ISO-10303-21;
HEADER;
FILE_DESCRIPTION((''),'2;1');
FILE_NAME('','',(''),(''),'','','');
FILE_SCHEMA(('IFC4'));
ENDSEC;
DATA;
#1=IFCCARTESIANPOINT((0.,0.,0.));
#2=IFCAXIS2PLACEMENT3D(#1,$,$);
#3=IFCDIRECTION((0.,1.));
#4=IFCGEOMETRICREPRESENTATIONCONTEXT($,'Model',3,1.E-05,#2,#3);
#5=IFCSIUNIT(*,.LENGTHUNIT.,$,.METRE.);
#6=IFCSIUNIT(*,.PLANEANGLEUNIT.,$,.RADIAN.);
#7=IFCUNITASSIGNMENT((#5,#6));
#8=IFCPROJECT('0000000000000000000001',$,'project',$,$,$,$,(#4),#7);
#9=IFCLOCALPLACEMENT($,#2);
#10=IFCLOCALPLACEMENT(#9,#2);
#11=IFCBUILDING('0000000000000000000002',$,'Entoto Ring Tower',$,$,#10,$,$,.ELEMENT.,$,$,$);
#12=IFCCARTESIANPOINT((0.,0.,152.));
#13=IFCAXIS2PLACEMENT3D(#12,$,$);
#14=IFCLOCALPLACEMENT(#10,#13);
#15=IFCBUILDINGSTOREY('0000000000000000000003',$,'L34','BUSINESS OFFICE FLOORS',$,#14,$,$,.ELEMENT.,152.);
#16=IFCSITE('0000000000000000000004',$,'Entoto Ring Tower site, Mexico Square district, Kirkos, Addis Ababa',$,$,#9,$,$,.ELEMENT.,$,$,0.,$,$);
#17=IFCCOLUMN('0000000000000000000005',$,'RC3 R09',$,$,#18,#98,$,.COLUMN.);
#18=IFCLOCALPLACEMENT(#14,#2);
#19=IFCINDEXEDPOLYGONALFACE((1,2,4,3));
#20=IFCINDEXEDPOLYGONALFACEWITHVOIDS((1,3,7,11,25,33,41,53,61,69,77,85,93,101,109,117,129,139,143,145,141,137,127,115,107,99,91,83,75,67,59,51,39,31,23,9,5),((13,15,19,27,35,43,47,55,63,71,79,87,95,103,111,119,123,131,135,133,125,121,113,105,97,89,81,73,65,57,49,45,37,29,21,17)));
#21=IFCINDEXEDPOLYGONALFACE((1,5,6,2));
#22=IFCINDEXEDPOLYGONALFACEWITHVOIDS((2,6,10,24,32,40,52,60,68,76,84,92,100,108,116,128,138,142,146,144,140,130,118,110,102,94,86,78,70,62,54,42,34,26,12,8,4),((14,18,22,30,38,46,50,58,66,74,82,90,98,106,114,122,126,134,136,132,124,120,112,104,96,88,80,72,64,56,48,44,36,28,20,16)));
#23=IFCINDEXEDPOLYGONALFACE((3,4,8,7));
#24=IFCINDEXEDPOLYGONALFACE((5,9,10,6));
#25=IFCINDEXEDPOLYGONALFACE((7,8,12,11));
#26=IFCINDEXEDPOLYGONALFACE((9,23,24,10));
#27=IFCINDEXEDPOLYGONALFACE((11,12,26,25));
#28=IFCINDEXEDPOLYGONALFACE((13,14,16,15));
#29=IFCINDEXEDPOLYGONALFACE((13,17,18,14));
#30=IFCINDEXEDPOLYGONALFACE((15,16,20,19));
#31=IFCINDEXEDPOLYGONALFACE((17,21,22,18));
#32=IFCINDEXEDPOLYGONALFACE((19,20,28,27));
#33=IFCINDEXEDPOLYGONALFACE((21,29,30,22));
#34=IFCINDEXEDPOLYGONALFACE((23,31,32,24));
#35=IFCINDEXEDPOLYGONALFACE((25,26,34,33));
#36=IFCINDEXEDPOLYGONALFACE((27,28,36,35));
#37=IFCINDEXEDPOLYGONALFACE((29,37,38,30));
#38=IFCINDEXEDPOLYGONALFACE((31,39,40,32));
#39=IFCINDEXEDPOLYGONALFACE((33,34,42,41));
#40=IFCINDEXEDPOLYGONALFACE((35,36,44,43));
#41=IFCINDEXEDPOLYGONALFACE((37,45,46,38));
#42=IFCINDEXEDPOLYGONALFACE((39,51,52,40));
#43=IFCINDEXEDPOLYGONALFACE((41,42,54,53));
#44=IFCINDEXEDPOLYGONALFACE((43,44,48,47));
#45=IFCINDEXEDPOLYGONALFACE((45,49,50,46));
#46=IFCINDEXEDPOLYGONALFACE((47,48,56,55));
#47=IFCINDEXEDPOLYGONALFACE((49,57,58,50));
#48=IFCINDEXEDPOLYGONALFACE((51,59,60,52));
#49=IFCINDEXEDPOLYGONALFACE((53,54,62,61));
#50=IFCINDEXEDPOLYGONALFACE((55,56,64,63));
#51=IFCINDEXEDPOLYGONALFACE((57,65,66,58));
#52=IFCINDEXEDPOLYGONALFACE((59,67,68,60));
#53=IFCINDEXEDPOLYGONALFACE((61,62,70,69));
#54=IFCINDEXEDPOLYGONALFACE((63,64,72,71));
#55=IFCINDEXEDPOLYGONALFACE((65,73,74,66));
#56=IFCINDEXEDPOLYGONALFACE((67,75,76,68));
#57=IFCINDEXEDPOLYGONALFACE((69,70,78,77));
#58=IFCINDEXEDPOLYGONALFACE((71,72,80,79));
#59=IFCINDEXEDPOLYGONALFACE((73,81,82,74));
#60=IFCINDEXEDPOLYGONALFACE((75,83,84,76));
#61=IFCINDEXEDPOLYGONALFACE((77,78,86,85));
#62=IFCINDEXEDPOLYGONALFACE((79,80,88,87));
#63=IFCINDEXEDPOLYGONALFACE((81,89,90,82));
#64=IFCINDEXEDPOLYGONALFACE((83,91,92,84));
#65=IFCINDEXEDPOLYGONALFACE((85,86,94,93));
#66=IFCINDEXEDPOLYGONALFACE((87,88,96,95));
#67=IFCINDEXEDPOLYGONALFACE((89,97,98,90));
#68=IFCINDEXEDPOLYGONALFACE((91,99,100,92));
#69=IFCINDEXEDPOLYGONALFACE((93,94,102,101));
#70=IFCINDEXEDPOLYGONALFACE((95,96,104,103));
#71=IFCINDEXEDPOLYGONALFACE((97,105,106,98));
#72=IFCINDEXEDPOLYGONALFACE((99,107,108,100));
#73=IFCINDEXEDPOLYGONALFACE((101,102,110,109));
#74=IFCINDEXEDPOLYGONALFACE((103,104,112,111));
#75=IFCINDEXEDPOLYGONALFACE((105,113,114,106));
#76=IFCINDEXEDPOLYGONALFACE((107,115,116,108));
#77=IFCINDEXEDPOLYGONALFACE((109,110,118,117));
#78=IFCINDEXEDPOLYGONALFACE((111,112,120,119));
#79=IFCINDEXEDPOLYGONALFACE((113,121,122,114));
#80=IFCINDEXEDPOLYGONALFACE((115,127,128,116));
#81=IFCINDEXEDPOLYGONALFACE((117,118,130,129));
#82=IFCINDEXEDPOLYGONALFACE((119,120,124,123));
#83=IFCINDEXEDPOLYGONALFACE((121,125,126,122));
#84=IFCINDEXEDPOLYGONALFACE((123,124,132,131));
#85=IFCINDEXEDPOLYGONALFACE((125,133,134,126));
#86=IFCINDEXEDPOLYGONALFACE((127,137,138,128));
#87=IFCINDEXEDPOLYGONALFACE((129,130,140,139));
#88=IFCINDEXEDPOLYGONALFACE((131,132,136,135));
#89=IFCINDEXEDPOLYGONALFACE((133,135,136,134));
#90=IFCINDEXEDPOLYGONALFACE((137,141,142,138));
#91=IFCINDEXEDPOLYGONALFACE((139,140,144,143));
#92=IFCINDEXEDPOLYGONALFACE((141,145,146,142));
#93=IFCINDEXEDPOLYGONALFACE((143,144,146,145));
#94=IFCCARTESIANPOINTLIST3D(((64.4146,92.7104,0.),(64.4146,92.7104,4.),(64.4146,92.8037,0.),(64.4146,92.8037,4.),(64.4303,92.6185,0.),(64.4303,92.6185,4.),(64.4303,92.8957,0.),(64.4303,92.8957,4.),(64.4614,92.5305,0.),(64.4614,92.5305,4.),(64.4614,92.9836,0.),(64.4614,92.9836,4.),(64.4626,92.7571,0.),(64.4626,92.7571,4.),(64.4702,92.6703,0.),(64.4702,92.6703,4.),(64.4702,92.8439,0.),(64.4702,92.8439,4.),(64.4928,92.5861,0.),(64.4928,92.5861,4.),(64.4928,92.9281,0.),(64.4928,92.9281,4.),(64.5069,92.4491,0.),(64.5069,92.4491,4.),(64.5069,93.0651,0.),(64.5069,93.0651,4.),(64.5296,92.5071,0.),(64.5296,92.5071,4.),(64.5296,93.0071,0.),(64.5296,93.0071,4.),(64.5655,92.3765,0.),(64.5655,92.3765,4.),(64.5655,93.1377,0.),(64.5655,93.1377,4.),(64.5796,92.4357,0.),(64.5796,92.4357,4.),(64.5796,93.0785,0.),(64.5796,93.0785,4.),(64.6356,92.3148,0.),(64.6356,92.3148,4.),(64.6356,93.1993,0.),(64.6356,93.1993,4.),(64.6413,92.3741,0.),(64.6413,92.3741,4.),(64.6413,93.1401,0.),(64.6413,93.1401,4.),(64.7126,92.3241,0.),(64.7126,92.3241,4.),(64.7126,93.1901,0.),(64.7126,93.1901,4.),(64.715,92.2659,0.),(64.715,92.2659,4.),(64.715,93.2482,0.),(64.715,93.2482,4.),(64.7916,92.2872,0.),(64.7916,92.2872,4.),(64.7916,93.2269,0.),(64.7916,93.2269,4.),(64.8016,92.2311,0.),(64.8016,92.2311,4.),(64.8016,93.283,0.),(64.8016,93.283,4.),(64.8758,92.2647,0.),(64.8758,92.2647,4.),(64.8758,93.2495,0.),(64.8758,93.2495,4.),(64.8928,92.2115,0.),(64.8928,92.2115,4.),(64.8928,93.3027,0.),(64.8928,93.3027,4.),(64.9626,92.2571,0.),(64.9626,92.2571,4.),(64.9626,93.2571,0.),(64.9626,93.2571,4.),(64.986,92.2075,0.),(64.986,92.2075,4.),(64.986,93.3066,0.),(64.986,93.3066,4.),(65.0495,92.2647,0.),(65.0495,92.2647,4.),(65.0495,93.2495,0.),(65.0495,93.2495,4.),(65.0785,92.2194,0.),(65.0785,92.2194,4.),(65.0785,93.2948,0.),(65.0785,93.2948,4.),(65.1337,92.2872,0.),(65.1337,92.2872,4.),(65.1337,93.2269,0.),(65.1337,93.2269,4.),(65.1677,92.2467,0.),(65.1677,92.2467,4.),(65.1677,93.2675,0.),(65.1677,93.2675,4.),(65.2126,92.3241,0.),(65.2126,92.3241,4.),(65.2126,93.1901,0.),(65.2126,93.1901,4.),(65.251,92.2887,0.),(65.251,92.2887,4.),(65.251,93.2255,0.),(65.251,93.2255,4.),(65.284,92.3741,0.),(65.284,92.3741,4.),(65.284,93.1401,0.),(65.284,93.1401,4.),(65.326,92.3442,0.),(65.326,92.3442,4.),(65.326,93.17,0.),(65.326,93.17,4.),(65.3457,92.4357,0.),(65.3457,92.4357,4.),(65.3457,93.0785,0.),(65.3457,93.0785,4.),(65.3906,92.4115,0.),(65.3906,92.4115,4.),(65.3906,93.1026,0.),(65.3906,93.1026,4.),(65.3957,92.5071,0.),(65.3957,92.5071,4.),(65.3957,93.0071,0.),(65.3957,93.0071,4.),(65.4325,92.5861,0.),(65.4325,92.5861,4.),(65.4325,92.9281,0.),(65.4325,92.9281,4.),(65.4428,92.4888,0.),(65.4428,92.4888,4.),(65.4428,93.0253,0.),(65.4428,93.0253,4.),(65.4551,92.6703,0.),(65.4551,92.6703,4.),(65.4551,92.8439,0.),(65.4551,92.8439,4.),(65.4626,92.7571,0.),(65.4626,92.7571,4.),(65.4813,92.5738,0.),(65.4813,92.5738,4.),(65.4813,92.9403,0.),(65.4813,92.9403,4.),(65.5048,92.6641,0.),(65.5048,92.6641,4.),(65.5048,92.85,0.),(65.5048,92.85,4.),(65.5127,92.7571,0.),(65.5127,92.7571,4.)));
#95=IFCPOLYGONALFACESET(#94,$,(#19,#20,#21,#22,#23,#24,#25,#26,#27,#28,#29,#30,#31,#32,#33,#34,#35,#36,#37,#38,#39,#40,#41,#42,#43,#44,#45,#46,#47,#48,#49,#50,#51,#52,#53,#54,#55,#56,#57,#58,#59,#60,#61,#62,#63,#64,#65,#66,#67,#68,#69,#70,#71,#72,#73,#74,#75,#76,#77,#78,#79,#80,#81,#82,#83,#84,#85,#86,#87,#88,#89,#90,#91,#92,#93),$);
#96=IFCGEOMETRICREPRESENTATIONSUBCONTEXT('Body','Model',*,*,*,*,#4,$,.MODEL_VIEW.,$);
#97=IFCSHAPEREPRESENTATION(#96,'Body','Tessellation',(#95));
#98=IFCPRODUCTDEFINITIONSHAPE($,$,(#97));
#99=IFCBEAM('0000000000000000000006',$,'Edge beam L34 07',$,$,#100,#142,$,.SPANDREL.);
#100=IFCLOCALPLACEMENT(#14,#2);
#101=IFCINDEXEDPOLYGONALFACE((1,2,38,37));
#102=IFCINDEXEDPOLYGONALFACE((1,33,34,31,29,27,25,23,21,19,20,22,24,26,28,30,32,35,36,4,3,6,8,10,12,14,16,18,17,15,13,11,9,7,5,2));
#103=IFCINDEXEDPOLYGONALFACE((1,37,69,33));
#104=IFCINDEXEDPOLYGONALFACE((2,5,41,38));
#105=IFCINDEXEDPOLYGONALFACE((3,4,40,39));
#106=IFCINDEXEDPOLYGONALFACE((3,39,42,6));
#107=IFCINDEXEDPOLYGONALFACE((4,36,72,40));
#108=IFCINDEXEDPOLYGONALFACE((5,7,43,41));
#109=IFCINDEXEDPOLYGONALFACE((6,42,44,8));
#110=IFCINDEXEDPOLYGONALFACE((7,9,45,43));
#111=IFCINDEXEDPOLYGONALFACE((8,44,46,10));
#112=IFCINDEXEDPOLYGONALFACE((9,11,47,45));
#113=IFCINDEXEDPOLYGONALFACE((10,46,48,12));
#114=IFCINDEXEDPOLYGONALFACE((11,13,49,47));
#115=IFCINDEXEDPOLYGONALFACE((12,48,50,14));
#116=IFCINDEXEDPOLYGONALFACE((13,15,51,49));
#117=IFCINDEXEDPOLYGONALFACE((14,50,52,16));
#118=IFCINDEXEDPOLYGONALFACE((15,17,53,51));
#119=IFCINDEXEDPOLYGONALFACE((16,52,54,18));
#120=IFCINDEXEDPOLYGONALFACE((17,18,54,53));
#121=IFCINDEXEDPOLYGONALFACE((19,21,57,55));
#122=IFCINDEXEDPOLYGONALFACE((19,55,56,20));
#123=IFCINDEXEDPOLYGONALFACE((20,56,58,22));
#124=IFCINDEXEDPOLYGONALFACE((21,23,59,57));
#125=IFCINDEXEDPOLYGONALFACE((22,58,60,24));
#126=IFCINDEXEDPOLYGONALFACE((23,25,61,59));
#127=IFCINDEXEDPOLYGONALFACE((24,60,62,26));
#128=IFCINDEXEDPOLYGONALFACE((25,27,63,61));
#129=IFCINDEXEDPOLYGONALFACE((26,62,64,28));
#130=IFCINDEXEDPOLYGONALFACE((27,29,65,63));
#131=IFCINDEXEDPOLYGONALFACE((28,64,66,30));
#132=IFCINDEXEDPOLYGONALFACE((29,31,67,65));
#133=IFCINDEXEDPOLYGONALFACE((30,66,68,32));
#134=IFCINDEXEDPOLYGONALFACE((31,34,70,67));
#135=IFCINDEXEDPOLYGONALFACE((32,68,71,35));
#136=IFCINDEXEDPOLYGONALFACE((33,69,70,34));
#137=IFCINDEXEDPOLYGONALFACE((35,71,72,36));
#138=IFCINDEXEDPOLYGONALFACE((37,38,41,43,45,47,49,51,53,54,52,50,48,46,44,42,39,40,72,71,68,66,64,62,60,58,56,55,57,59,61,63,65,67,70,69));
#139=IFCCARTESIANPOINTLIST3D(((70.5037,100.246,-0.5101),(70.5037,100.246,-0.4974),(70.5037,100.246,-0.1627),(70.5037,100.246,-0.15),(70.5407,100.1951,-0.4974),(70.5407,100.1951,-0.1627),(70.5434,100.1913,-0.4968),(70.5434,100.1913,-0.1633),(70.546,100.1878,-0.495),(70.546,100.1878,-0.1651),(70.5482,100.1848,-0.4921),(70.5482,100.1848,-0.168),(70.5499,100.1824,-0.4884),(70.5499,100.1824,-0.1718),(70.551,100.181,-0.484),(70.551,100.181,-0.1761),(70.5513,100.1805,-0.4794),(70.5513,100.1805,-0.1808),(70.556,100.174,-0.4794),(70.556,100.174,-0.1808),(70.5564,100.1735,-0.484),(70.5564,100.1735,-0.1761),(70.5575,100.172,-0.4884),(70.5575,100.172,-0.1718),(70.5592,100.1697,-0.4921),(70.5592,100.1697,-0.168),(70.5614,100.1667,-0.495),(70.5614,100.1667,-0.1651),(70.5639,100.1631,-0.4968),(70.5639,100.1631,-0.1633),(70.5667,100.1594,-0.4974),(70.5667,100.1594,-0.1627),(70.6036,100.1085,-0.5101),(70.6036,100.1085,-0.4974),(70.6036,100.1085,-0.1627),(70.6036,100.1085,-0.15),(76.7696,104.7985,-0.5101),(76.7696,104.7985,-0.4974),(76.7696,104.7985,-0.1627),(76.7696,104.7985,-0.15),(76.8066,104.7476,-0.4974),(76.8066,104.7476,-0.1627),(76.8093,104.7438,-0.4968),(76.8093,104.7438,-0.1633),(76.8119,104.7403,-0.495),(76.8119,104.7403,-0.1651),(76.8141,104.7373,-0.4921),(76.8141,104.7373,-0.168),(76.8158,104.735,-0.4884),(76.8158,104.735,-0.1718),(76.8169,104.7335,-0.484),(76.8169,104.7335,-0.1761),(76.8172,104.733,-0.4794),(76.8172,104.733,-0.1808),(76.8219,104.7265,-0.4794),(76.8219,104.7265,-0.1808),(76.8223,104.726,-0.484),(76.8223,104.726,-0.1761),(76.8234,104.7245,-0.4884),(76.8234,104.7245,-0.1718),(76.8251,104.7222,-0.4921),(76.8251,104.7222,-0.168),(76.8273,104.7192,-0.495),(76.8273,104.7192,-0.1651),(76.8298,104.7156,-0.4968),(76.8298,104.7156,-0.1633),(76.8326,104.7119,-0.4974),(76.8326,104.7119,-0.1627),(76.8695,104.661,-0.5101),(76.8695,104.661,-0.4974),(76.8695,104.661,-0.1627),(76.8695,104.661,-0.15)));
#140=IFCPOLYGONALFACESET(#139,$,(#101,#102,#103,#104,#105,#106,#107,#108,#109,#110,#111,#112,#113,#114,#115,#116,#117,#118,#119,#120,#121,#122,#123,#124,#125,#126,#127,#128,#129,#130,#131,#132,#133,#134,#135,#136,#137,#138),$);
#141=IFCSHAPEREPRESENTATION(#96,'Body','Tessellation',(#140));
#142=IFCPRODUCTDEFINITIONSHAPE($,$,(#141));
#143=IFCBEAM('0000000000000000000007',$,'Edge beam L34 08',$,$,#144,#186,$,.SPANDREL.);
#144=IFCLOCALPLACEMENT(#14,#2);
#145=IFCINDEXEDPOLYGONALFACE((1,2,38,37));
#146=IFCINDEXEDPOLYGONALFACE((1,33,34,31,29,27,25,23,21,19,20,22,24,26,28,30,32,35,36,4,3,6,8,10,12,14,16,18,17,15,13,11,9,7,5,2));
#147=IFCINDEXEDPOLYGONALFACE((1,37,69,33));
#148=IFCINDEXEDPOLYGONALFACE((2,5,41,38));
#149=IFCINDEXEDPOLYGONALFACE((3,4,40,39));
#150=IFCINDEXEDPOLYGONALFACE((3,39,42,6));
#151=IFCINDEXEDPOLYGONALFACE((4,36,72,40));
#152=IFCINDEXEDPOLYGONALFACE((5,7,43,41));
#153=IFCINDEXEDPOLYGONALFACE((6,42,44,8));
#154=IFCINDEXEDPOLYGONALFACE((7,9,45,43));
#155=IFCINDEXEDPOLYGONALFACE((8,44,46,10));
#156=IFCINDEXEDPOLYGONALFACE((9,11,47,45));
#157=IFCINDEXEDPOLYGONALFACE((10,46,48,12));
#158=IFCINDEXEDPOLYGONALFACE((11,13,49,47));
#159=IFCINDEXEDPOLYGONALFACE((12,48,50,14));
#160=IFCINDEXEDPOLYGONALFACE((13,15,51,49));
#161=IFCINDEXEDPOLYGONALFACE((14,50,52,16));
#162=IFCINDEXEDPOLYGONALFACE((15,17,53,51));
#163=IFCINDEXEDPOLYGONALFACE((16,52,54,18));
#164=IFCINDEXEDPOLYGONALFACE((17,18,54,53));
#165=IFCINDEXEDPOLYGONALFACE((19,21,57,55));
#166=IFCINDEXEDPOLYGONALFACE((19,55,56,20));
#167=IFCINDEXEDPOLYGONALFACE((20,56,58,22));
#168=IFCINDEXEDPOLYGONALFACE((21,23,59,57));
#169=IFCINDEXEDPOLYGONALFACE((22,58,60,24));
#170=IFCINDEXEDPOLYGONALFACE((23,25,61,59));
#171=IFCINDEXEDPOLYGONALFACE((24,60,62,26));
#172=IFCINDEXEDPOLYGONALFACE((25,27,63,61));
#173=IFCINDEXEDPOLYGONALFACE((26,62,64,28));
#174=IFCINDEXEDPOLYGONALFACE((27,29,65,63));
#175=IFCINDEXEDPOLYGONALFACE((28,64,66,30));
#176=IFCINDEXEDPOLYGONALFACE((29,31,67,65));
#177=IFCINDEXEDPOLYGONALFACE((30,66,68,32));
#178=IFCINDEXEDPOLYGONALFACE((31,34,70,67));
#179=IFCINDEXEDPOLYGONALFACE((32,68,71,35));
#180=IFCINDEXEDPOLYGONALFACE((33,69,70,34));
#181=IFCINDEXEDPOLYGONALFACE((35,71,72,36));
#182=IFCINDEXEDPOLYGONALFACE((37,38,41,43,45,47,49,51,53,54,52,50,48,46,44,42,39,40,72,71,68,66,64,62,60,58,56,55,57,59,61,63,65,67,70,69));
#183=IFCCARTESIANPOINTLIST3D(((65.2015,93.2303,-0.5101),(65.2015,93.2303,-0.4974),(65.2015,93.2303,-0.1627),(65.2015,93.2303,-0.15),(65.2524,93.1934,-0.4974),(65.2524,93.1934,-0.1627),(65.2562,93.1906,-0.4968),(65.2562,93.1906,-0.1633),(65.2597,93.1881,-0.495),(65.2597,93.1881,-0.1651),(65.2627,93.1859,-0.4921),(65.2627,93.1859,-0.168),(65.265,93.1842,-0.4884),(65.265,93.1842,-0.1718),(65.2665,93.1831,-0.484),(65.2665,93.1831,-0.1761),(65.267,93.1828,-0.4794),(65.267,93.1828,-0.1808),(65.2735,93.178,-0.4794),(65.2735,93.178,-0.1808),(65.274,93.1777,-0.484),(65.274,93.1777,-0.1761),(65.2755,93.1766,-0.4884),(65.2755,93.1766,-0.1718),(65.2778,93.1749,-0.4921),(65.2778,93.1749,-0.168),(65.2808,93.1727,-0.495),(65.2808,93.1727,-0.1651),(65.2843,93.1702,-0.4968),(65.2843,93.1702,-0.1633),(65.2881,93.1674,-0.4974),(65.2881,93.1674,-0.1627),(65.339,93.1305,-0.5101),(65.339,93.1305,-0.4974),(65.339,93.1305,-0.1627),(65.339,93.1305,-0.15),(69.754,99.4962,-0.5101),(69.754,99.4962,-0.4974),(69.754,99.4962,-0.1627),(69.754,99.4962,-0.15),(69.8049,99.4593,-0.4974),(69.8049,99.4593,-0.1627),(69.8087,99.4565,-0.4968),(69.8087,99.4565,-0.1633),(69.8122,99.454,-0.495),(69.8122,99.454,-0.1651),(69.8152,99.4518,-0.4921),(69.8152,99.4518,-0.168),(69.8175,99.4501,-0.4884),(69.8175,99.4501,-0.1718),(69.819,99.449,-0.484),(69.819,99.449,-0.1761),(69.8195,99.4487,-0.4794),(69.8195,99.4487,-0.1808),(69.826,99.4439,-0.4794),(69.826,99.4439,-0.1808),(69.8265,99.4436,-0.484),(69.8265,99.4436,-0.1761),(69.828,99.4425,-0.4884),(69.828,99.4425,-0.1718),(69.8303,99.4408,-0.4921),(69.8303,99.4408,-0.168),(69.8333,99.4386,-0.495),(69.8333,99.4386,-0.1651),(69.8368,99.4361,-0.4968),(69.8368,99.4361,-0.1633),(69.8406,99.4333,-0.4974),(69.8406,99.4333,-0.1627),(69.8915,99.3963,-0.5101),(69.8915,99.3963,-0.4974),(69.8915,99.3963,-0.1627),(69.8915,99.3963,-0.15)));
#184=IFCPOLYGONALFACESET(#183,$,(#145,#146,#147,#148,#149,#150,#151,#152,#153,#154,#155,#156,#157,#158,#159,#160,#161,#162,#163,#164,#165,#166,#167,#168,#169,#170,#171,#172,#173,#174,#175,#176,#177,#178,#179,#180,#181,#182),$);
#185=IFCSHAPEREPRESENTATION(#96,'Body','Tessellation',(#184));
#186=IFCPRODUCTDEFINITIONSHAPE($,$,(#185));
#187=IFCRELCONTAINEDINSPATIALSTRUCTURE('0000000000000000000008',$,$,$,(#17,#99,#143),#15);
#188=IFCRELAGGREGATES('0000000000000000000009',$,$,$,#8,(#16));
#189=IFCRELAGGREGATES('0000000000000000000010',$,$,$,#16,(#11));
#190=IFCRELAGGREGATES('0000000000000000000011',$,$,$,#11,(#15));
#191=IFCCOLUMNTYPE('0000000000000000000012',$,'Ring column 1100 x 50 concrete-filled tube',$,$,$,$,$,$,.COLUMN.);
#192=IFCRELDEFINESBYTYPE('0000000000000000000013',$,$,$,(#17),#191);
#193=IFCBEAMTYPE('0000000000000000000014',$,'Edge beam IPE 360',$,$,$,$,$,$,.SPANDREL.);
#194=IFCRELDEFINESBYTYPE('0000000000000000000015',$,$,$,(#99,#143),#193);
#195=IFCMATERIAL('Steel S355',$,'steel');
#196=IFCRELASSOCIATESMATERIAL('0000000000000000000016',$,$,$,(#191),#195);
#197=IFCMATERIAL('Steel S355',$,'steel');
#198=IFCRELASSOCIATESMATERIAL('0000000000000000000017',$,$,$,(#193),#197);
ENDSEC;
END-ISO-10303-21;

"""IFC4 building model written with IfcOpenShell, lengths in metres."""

from ifc_helpers import new_model, si_unit, direction, frame, origin, origin_2d, place, context, subcontext, project, spatial, circle, hollow_circle, i_section, extrude, material, material_profile, profile_set, type_object, element, save


model = new_model("IFC4")

# Units and contexts
model_context = context("Model", 3, precision=1e-05, world=origin(), true_north=direction((0.0, 1.0)))
body_context = subcontext(model_context, "Body", "Model", "MODEL_VIEW")
ifc_project = project(units=[si_unit("LENGTHUNIT", "METRE"), si_unit("PLANEANGLEUNIT", "RADIAN")], contexts=[model_context])

# Site, building, storey
site_placement = place(None, origin())
site = spatial("IfcSite", under=ifc_project, at=site_placement, Name="Entoto Ring Tower site, Mexico Square district, Kirkos, Addis Ababa", CompositionType="ELEMENT", RefElevation=0.0)
building_placement = place(site_placement, origin())
building = spatial("IfcBuilding", under=site, at=building_placement, Name="Entoto Ring Tower", CompositionType="ELEMENT")
storey_placement = place(building_placement, frame((0.0, 0.0, 152.0)))
storey = spatial("IfcBuildingStorey", under=building, at=storey_placement, Name="L34", Description="BUSINESS OFFICE FLOORS", CompositionType="ELEMENT", Elevation=152.0)

# Column
ifc_material_1 = material(Name="Steel S355", Category="steel")
ifc_material_profile_1 = material_profile(ifc_material_1, hollow_circle(Radius=0.55, WallThickness=0.05, at=origin_2d()), Name="CHS 1100 x 50")
ifc_material_2 = material(Name="Concrete C60/75", Category="concrete")
ifc_material_profile_2 = material_profile(ifc_material_2, circle(Radius=0.5, at=origin_2d()), Name="Concrete C60/75 infill")
ifc_profile_set_1 = profile_set([ifc_material_profile_1, ifc_material_profile_2], Name="Steel S355")
column_type = type_object("IfcColumnType", Name="Ring column 1100 x 50 concrete-filled tube", PredefinedType="COLUMN", material=ifc_profile_set_1)
for number, where, z_axis, x_axis, name in (
    (1, (64.9626, 92.7571, 0.0), (0.0, 0.0, 1.0), (1.0, 0.0, 0.0), "RC3 R09"),
):
    element("IfcColumn", number, at=place(storey_placement, frame(where, z_axis=z_axis, x_axis=x_axis)), inside=storey, type_object=column_type, Name=name, PredefinedType="COLUMN", context=body_context, shape_type="SweptSolid", body=[
        extrude(hollow_circle(Radius=0.55, WallThickness=0.05, at=origin_2d()), origin(), (0.0, 0.0, 1.0), 4.0),
    ])

# Beams
ifc_material_3 = material(Name="Steel S355", Category="steel")
ifc_material_profile_3 = material_profile(ifc_material_3, i_section(OverallWidth=0.1699, OverallDepth=0.3601, WebThickness=0.0081, FlangeThickness=0.0127, FilletRadius=0.0181, at=origin_2d()), Name="IPE 360")
ifc_profile_set_2 = profile_set([ifc_material_profile_3], Name="Steel S355")
beam_type_1 = type_object("IfcBeamType", Name="Edge beam IPE 360", PredefinedType="SPANDREL", material=ifc_profile_set_2)
for number, where, z_axis, x_axis, name in (
    (2, (76.8196, 104.7297, -0.3301), (-0.809013, -0.587791, 0.0), (0.587791, -0.809013, 0.0), "Edge beam L34 07"),
    (3, (69.8228, 99.4463, -0.3301), (-0.587791, -0.809013, 0.0), (0.809013, -0.587791, 0.0), "Edge beam L34 08"),
):
    element("IfcBeam", number, at=place(storey_placement, frame(where, z_axis=z_axis, x_axis=x_axis)), inside=storey, type_object=beam_type_1, Name=name, PredefinedType="SPANDREL", context=body_context, shape_type="SweptSolid", body=[
        extrude(i_section(OverallWidth=0.1699, OverallDepth=0.3601, WebThickness=0.0081, FlangeThickness=0.0127, FilletRadius=0.0181, at=origin_2d()), origin(), (0.0, 0.0, 1.0), 7.7451),
    ])

save(model, "model.ifc")
